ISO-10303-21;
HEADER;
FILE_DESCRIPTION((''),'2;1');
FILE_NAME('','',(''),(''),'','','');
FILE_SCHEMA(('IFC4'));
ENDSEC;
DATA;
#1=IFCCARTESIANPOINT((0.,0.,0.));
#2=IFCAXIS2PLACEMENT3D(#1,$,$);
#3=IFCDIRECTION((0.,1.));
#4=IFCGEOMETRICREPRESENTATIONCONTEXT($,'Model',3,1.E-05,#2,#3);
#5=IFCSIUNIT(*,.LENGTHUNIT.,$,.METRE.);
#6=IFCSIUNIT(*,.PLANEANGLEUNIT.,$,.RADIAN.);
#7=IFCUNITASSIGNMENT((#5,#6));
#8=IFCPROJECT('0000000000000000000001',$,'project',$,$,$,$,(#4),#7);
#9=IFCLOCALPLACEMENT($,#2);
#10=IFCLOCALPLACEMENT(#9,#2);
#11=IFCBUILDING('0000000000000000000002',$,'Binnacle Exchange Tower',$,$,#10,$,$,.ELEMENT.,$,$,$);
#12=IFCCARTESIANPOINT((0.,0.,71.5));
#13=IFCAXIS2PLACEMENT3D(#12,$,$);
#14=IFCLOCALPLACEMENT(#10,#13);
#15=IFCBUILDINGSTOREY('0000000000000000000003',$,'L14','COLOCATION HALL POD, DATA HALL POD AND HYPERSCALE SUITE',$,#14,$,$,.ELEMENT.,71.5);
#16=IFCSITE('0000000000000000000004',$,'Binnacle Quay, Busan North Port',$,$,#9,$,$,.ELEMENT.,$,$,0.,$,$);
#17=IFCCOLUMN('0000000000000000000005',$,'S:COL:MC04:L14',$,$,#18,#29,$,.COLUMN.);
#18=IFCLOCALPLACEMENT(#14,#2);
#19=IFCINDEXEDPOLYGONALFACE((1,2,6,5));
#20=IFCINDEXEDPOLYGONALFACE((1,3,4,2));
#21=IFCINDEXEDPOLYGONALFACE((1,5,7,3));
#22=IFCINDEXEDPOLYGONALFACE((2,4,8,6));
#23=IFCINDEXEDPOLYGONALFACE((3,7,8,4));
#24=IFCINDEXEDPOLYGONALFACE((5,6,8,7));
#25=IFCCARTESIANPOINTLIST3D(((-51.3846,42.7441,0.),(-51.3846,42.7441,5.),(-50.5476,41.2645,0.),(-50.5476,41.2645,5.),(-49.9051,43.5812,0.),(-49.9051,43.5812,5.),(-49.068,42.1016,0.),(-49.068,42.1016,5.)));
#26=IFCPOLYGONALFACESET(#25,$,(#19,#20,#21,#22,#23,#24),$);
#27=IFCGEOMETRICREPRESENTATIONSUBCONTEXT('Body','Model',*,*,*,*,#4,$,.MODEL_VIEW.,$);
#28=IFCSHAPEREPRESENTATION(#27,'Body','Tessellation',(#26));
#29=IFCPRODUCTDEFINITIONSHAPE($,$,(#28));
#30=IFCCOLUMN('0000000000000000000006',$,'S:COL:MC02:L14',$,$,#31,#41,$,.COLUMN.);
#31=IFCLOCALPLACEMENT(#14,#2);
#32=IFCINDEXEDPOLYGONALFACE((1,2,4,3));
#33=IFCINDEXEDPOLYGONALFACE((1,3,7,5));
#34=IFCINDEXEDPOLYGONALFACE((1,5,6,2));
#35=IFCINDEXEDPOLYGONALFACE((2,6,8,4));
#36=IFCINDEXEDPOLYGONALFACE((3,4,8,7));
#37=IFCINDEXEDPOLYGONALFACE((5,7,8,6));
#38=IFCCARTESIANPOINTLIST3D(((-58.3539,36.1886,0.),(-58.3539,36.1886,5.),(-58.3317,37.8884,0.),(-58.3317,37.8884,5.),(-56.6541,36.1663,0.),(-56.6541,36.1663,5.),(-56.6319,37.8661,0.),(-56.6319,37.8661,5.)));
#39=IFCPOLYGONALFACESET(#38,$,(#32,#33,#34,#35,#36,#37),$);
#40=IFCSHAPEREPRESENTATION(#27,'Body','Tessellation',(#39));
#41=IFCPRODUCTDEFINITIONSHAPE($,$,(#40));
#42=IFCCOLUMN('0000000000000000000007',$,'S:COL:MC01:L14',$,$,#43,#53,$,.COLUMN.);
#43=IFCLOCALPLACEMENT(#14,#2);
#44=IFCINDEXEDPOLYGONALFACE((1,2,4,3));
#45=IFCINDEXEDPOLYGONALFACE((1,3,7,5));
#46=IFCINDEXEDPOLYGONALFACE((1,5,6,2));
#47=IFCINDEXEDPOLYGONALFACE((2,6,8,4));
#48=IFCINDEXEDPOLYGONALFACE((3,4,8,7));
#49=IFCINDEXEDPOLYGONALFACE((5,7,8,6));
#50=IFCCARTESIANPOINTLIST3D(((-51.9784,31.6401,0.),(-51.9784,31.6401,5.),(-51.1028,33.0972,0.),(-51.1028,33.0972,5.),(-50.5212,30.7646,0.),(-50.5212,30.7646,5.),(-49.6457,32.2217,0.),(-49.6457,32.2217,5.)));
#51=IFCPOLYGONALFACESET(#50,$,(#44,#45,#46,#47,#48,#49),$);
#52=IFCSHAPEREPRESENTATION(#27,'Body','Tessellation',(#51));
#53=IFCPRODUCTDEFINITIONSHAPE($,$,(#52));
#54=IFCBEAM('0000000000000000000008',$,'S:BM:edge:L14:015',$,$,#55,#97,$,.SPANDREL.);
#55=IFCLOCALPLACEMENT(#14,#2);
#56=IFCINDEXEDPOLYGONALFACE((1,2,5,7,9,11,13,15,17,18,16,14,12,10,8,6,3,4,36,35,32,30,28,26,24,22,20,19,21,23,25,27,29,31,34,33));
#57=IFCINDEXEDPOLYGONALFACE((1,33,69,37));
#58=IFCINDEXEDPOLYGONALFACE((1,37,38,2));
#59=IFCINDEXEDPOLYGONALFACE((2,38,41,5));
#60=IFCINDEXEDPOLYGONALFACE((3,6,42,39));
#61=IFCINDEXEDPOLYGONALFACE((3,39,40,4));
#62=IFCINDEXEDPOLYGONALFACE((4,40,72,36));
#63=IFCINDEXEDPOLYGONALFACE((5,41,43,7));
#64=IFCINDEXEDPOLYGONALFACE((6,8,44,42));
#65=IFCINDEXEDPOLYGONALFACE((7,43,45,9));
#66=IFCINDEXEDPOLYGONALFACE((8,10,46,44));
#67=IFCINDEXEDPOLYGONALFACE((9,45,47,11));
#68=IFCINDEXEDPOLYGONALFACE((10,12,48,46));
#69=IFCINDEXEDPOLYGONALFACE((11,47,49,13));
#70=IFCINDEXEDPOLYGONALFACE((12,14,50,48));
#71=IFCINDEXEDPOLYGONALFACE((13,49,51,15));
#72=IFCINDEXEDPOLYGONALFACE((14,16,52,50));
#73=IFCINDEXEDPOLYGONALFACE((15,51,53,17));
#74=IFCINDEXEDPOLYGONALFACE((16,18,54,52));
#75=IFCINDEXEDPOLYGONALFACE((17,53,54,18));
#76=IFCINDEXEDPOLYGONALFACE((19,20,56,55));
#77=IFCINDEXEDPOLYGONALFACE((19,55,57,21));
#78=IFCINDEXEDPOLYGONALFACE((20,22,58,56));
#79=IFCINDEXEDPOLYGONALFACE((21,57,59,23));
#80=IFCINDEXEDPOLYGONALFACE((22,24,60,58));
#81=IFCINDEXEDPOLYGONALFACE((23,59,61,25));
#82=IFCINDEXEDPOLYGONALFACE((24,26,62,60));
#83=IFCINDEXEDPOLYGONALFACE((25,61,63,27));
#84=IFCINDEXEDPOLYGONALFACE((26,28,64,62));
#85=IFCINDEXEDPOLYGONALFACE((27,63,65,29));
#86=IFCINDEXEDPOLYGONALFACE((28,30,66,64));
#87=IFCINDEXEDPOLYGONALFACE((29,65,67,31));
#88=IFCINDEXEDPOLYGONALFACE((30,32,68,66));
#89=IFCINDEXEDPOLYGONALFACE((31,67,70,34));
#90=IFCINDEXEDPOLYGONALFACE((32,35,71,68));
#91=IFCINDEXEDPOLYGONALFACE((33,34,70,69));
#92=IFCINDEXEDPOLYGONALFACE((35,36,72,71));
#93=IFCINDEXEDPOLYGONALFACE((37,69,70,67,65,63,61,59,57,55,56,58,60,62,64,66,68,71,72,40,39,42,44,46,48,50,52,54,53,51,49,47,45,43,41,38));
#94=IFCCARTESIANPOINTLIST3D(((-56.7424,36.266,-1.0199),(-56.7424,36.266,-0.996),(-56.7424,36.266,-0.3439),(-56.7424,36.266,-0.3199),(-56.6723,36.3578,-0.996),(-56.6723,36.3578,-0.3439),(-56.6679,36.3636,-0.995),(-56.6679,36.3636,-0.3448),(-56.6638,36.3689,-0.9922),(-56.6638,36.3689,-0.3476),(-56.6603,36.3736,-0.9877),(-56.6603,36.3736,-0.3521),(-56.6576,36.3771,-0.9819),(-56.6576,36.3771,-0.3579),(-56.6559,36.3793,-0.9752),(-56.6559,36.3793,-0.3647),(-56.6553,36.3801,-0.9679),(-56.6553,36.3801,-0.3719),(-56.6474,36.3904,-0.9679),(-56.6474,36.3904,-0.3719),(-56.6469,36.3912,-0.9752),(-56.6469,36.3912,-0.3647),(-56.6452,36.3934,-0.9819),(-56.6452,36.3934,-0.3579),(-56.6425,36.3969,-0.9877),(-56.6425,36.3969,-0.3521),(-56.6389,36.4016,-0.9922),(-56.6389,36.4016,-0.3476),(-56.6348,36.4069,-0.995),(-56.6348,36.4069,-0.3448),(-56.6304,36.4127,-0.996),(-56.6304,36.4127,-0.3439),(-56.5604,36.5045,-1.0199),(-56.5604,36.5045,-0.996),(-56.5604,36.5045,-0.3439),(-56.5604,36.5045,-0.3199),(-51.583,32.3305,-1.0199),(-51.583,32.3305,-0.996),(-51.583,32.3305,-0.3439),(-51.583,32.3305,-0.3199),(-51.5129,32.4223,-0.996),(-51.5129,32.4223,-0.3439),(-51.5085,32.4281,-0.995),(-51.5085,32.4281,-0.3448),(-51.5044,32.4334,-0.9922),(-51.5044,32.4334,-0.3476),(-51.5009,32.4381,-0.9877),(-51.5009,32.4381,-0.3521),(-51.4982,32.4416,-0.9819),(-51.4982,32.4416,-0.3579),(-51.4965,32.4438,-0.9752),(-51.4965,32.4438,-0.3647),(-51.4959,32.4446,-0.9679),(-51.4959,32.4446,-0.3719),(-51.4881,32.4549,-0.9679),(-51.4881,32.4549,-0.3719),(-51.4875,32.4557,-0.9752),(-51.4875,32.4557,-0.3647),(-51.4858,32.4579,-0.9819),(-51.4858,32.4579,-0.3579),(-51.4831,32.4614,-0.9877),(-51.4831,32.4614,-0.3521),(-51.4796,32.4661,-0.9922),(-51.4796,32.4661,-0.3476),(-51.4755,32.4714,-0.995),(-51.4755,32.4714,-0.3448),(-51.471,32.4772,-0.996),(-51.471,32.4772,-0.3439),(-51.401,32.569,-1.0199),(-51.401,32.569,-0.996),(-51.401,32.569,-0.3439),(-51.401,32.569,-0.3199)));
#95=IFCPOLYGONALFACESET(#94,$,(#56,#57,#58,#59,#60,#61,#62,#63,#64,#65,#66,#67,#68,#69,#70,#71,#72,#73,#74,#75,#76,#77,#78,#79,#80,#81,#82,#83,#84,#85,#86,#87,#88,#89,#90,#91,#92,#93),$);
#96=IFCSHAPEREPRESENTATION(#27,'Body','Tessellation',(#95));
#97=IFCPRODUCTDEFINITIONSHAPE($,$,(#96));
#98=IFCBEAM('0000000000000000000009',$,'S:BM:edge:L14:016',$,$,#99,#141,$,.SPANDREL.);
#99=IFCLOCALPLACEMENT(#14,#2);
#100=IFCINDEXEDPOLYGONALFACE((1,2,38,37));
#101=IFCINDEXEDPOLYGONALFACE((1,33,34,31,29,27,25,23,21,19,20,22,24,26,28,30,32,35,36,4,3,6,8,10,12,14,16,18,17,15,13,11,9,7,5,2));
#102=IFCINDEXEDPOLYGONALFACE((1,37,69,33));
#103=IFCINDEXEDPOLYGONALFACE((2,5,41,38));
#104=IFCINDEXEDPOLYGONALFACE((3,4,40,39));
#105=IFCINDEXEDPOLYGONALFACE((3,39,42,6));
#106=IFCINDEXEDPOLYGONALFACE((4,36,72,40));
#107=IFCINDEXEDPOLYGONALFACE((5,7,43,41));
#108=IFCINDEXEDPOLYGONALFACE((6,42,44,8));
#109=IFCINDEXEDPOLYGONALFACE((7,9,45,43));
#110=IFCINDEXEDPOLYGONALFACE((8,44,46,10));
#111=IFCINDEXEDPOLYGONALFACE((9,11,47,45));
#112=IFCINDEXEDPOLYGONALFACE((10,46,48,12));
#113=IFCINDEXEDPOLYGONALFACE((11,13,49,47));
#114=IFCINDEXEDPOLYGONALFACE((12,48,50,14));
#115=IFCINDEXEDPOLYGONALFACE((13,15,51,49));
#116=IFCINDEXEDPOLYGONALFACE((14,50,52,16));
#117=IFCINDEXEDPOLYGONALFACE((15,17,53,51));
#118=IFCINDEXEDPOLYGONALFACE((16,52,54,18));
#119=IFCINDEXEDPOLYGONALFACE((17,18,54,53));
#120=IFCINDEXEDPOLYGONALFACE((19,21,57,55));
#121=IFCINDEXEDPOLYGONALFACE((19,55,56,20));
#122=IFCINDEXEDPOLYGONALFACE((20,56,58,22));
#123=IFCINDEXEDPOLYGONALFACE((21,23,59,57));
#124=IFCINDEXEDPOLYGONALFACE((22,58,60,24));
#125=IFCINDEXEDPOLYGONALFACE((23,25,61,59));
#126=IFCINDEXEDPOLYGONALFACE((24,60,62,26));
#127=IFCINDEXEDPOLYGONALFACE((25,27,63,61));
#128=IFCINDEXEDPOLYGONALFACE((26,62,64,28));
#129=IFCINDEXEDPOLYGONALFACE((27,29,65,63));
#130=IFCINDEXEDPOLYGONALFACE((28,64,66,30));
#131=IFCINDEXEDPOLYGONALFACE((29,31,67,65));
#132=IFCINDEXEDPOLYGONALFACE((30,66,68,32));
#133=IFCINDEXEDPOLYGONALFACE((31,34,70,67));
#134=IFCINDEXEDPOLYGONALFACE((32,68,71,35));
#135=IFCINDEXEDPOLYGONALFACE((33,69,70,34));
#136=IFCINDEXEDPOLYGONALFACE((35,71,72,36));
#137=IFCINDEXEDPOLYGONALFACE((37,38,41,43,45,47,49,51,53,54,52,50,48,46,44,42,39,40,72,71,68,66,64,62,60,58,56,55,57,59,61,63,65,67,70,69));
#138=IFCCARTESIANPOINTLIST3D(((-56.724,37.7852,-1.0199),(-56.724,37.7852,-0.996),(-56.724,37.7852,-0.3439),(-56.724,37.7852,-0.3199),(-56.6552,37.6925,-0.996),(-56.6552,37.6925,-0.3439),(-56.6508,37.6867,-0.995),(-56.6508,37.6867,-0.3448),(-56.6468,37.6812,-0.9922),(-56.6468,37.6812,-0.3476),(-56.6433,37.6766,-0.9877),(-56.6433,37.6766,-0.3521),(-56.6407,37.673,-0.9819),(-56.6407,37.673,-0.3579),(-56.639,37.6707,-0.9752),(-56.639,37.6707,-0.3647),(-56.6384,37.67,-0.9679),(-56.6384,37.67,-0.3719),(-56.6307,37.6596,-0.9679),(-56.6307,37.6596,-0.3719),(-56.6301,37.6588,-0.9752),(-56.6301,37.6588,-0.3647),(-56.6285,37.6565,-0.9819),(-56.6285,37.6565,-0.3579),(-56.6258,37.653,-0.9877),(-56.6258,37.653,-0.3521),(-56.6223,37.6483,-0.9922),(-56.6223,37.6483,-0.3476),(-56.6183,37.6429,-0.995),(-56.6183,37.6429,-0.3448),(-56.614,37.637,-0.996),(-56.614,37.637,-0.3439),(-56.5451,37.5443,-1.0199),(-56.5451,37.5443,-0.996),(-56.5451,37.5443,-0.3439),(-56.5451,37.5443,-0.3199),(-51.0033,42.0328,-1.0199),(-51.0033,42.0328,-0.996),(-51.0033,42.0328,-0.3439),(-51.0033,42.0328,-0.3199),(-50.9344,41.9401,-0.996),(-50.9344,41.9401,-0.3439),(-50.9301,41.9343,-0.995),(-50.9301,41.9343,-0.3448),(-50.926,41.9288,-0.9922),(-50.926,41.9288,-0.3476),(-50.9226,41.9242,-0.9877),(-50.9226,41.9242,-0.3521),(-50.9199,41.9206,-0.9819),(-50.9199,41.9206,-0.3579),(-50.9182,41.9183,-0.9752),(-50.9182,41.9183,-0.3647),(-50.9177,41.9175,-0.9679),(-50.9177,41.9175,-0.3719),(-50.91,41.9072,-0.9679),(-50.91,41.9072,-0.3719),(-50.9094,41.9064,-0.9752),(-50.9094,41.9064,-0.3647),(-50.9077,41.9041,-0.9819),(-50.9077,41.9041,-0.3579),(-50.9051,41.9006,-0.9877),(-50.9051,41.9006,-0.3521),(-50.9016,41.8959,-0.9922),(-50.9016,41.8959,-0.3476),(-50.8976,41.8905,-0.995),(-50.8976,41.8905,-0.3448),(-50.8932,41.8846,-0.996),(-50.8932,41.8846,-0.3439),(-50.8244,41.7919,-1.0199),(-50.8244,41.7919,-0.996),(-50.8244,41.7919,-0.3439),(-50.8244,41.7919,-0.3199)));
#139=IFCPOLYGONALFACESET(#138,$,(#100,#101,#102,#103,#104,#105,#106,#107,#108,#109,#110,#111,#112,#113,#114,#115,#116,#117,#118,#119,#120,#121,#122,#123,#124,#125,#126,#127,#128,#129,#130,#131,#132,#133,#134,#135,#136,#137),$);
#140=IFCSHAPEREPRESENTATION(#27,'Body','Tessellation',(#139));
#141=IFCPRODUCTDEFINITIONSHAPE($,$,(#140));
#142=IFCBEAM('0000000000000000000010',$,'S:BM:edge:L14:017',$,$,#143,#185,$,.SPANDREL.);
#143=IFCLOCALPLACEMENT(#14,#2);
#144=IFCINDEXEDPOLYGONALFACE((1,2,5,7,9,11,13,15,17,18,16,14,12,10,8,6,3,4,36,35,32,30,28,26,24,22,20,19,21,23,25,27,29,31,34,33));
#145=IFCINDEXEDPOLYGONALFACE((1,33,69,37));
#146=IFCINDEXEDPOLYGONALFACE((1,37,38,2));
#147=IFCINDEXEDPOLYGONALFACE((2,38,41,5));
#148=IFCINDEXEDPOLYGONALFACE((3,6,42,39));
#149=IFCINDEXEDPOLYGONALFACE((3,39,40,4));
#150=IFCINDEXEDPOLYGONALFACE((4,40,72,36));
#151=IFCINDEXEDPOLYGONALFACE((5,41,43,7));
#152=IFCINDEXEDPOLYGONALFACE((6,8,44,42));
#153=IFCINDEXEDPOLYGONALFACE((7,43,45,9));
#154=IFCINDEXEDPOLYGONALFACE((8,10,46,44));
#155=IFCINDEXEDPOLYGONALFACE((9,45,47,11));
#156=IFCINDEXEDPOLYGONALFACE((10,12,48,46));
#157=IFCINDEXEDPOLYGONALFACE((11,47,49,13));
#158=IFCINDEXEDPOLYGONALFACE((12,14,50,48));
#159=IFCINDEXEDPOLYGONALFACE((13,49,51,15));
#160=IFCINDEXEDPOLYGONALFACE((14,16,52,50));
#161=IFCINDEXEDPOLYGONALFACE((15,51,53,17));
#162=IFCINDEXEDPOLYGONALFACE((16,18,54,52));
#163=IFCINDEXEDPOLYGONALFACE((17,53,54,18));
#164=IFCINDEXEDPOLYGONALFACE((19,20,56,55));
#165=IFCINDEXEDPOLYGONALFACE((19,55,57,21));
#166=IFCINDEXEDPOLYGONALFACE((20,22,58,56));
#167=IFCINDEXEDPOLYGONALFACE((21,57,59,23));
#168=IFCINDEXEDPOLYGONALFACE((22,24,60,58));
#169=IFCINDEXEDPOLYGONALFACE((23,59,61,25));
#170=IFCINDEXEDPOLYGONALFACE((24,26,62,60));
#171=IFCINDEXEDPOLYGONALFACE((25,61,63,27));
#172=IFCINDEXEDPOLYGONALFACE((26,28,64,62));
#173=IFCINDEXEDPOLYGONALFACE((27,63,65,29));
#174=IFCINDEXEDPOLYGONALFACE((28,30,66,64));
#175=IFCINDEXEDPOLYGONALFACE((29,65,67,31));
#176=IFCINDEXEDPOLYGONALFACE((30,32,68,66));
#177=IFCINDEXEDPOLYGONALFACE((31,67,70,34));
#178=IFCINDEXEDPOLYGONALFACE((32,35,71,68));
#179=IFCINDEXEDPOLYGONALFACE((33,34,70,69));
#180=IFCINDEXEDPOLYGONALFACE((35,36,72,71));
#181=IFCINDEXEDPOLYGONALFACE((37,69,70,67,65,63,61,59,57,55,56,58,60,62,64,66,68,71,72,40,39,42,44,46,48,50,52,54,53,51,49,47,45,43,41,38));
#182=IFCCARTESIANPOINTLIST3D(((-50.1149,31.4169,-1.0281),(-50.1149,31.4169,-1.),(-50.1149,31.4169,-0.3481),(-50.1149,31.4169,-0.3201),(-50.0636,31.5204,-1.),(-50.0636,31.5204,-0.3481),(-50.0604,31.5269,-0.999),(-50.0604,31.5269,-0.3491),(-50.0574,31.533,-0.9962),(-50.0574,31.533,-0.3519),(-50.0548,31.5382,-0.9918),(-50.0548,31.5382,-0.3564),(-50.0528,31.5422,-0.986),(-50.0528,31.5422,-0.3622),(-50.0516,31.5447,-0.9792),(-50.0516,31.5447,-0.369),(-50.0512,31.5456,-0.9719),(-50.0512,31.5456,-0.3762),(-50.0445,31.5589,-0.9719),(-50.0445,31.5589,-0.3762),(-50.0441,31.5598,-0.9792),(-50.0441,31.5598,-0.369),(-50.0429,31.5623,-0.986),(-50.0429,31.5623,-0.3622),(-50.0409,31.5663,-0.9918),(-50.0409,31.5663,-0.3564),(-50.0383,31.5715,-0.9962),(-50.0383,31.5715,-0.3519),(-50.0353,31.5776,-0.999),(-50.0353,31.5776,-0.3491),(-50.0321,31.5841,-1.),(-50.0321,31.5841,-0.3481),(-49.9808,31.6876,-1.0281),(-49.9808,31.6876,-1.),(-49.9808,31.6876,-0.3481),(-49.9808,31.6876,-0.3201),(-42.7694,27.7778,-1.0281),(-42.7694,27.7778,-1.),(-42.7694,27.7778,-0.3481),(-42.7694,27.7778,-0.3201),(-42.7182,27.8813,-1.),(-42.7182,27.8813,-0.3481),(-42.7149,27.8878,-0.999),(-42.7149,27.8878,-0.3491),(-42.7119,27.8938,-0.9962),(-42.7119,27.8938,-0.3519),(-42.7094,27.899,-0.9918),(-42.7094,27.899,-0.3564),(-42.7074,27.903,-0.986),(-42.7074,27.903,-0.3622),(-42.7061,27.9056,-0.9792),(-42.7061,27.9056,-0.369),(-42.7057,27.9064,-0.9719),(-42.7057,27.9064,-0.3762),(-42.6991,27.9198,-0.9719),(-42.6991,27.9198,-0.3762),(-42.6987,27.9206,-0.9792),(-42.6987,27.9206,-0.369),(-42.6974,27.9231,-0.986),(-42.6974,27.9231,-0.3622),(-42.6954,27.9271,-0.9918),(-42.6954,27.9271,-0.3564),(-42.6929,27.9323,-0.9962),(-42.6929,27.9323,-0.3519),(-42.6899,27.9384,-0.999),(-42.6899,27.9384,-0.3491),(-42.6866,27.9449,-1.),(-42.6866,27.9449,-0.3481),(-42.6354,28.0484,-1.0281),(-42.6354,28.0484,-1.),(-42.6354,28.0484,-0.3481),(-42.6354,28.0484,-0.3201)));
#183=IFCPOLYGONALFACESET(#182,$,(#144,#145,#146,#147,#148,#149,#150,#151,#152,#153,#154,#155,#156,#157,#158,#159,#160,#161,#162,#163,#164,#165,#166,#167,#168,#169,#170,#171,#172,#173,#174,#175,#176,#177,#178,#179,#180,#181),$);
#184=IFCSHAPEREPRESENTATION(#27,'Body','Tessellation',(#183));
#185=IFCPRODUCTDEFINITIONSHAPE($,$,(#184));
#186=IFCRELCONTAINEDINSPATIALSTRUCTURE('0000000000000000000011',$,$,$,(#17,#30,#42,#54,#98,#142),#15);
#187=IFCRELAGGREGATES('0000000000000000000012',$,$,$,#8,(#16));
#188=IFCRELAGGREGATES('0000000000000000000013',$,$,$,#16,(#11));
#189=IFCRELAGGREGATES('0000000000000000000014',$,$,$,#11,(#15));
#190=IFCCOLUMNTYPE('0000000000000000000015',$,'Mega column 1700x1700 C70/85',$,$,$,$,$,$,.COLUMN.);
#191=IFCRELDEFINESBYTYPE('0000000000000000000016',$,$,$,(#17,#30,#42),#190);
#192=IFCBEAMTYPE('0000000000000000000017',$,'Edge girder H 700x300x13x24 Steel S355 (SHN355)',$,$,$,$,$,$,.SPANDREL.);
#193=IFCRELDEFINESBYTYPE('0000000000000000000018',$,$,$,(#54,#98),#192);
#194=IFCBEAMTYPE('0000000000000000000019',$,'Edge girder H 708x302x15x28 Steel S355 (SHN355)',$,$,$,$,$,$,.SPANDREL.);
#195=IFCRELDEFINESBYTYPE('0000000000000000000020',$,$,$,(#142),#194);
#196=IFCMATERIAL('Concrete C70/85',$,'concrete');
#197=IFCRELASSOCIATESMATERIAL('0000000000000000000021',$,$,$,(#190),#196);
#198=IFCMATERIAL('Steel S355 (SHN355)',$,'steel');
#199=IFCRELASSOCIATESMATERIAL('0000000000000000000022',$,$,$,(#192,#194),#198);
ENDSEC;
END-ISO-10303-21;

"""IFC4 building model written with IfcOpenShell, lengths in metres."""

from ifc_helpers import new_model, si_unit, direction, frame, origin, origin_2d, place, context, subcontext, project, spatial, rectangle, i_section, extrude, material, material_profile, profile_set, type_object, element, save


model = new_model("IFC4")

# Units and contexts
model_context = context("Model", 3, precision=1e-05, world=origin(), true_north=direction((0.0, 1.0)))
body_context = subcontext(model_context, "Body", "Model", "MODEL_VIEW")
ifc_project = project(units=[si_unit("LENGTHUNIT", "METRE"), si_unit("PLANEANGLEUNIT", "RADIAN")], contexts=[model_context])

# Site, building, storey
site_placement = place(None, origin())
site = spatial("IfcSite", under=ifc_project, at=site_placement, Name="Binnacle Quay, Busan North Port", CompositionType="ELEMENT", RefElevation=0.0)
building_placement = place(site_placement, origin())
building = spatial("IfcBuilding", under=site, at=building_placement, Name="Binnacle Exchange Tower", CompositionType="ELEMENT")
storey_placement = place(building_placement, frame((0.0, 0.0, 71.5)))
storey = spatial("IfcBuildingStorey", under=building, at=storey_placement, Name="L14", Description="COLOCATION HALL POD, DATA HALL POD AND HYPERSCALE SUITE", CompositionType="ELEMENT", Elevation=71.5)

# Columns
ifc_material_1 = material(Name="Concrete C70/85", Category="concrete")
ifc_material_profile_1 = material_profile(ifc_material_1, rectangle(XDim=1.7, YDim=1.7, at=origin_2d()), Name="Mega column 1700x1700 C70/85")
ifc_profile_set_1 = profile_set([ifc_material_profile_1], Name="Concrete C70/85")
column_type = type_object("IfcColumnType", Name="Mega column 1700x1700 C70/85", PredefinedType="COLUMN", material=ifc_profile_set_1)
for number, where, z_axis, x_axis, name in (
    (1, (-50.2263, 42.4229, 0.0), (0.0, 0.0, 1.0), (-0.870356, -0.492424, 0.0), "S:COL:MC04:L14"),
    (2, (-57.4929, 37.0273, 0.0), (0.0, 0.0, 1.0), (-0.01309, -0.999914, 0.0), "S:COL:MC02:L14"),
    (3, (-50.812, 31.9309, 0.0), (0.0, 0.0, 1.0), (0.857167, -0.515038, 0.0), "S:COL:MC01:L14"),
):
    element("IfcColumn", number, at=place(storey_placement, frame(where, z_axis=z_axis, x_axis=x_axis)), inside=storey, type_object=column_type, Name=name, PredefinedType="COLUMN", context=body_context, shape_type="SweptSolid", body=[
        extrude(rectangle(XDim=1.7, YDim=1.7, at=origin_2d()), origin(), (0.0, 0.0, 1.0), 5.0),
    ])

# Beams
ifc_material_2 = material(Name="Steel S355 (SHN355)", Category="steel")
ifc_material_profile_2 = material_profile(ifc_material_2, i_section(OverallWidth=0.3, OverallDepth=0.7, WebThickness=0.0129, FlangeThickness=0.0239, FilletRadius=0.0281, at=origin_2d()), Name="H 700x300x13x24")
ifc_profile_set_2 = profile_set([ifc_material_profile_2], Name="Steel S355 (SHN355)")
beam_type_1 = type_object("IfcBeamType", Name="Edge girder H 700x300x13x24 Steel S355 (SHN355)", PredefinedType="SPANDREL", material=ifc_profile_set_2)
beam_1_placement = place(storey_placement, frame((-56.6514, 36.3853, -0.6699), z_axis=(0.795093, -0.606487, 0.0), x_axis=(0.606487, 0.795093, 0.0)))
element("IfcBeam", 4, at=beam_1_placement, inside=storey, type_object=beam_type_1, Name="S:BM:edge:L14:015", PredefinedType="SPANDREL", context=body_context, shape_type="SweptSolid", body=[
    extrude(i_section(OverallWidth=0.3, OverallDepth=0.7, WebThickness=0.0129, FlangeThickness=0.0239, FilletRadius=0.0281, at=origin_2d()), origin(), (0.0, 0.0, 1.0), 6.489),
])
beam_2_placement = place(storey_placement, frame((-50.9138, 41.9124, -0.6699), z_axis=(-0.802885, -0.596133, 0.0), x_axis=(0.596133, -0.802885, 0.0)))
element("IfcBeam", 5, at=beam_2_placement, inside=storey, type_object=beam_type_1, Name="S:BM:edge:L14:016", PredefinedType="SPANDREL", context=body_context, shape_type="SweptSolid", body=[
    extrude(i_section(OverallWidth=0.3, OverallDepth=0.7, WebThickness=0.0129, FlangeThickness=0.0239, FilletRadius=0.0281, at=origin_2d()), origin(), (0.0, 0.0, 1.0), 7.1252),
])
ifc_material_profile_3 = material_profile(ifc_material_2, i_section(OverallWidth=0.302, OverallDepth=0.708, WebThickness=0.0149, FlangeThickness=0.0281, FilletRadius=0.0281, at=origin_2d()), Name="H 708x302x15x28")
ifc_profile_set_3 = profile_set([ifc_material_profile_3], Name="Steel S355 (SHN355)")
beam_type_2 = type_object("IfcBeamType", Name="Edge girder H 708x302x15x28 Steel S355 (SHN355)", PredefinedType="SPANDREL", material=ifc_profile_set_3)
beam_3_placement = place(storey_placement, frame((-50.0479, 31.5522, -0.6741), z_axis=(0.896059, -0.443935, 0.0), x_axis=(0.443935, 0.896059, 0.0)))
element("IfcBeam", 6, at=beam_3_placement, inside=storey, type_object=beam_type_2, Name="S:BM:edge:L14:017", PredefinedType="SPANDREL", context=body_context, shape_type="SweptSolid", body=[
    extrude(i_section(OverallWidth=0.302, OverallDepth=0.708, WebThickness=0.0149, FlangeThickness=0.0281, FilletRadius=0.0281, at=origin_2d()), origin(), (0.0, 0.0, 1.0), 8.1975),
])

save(model, "model.ifc")
